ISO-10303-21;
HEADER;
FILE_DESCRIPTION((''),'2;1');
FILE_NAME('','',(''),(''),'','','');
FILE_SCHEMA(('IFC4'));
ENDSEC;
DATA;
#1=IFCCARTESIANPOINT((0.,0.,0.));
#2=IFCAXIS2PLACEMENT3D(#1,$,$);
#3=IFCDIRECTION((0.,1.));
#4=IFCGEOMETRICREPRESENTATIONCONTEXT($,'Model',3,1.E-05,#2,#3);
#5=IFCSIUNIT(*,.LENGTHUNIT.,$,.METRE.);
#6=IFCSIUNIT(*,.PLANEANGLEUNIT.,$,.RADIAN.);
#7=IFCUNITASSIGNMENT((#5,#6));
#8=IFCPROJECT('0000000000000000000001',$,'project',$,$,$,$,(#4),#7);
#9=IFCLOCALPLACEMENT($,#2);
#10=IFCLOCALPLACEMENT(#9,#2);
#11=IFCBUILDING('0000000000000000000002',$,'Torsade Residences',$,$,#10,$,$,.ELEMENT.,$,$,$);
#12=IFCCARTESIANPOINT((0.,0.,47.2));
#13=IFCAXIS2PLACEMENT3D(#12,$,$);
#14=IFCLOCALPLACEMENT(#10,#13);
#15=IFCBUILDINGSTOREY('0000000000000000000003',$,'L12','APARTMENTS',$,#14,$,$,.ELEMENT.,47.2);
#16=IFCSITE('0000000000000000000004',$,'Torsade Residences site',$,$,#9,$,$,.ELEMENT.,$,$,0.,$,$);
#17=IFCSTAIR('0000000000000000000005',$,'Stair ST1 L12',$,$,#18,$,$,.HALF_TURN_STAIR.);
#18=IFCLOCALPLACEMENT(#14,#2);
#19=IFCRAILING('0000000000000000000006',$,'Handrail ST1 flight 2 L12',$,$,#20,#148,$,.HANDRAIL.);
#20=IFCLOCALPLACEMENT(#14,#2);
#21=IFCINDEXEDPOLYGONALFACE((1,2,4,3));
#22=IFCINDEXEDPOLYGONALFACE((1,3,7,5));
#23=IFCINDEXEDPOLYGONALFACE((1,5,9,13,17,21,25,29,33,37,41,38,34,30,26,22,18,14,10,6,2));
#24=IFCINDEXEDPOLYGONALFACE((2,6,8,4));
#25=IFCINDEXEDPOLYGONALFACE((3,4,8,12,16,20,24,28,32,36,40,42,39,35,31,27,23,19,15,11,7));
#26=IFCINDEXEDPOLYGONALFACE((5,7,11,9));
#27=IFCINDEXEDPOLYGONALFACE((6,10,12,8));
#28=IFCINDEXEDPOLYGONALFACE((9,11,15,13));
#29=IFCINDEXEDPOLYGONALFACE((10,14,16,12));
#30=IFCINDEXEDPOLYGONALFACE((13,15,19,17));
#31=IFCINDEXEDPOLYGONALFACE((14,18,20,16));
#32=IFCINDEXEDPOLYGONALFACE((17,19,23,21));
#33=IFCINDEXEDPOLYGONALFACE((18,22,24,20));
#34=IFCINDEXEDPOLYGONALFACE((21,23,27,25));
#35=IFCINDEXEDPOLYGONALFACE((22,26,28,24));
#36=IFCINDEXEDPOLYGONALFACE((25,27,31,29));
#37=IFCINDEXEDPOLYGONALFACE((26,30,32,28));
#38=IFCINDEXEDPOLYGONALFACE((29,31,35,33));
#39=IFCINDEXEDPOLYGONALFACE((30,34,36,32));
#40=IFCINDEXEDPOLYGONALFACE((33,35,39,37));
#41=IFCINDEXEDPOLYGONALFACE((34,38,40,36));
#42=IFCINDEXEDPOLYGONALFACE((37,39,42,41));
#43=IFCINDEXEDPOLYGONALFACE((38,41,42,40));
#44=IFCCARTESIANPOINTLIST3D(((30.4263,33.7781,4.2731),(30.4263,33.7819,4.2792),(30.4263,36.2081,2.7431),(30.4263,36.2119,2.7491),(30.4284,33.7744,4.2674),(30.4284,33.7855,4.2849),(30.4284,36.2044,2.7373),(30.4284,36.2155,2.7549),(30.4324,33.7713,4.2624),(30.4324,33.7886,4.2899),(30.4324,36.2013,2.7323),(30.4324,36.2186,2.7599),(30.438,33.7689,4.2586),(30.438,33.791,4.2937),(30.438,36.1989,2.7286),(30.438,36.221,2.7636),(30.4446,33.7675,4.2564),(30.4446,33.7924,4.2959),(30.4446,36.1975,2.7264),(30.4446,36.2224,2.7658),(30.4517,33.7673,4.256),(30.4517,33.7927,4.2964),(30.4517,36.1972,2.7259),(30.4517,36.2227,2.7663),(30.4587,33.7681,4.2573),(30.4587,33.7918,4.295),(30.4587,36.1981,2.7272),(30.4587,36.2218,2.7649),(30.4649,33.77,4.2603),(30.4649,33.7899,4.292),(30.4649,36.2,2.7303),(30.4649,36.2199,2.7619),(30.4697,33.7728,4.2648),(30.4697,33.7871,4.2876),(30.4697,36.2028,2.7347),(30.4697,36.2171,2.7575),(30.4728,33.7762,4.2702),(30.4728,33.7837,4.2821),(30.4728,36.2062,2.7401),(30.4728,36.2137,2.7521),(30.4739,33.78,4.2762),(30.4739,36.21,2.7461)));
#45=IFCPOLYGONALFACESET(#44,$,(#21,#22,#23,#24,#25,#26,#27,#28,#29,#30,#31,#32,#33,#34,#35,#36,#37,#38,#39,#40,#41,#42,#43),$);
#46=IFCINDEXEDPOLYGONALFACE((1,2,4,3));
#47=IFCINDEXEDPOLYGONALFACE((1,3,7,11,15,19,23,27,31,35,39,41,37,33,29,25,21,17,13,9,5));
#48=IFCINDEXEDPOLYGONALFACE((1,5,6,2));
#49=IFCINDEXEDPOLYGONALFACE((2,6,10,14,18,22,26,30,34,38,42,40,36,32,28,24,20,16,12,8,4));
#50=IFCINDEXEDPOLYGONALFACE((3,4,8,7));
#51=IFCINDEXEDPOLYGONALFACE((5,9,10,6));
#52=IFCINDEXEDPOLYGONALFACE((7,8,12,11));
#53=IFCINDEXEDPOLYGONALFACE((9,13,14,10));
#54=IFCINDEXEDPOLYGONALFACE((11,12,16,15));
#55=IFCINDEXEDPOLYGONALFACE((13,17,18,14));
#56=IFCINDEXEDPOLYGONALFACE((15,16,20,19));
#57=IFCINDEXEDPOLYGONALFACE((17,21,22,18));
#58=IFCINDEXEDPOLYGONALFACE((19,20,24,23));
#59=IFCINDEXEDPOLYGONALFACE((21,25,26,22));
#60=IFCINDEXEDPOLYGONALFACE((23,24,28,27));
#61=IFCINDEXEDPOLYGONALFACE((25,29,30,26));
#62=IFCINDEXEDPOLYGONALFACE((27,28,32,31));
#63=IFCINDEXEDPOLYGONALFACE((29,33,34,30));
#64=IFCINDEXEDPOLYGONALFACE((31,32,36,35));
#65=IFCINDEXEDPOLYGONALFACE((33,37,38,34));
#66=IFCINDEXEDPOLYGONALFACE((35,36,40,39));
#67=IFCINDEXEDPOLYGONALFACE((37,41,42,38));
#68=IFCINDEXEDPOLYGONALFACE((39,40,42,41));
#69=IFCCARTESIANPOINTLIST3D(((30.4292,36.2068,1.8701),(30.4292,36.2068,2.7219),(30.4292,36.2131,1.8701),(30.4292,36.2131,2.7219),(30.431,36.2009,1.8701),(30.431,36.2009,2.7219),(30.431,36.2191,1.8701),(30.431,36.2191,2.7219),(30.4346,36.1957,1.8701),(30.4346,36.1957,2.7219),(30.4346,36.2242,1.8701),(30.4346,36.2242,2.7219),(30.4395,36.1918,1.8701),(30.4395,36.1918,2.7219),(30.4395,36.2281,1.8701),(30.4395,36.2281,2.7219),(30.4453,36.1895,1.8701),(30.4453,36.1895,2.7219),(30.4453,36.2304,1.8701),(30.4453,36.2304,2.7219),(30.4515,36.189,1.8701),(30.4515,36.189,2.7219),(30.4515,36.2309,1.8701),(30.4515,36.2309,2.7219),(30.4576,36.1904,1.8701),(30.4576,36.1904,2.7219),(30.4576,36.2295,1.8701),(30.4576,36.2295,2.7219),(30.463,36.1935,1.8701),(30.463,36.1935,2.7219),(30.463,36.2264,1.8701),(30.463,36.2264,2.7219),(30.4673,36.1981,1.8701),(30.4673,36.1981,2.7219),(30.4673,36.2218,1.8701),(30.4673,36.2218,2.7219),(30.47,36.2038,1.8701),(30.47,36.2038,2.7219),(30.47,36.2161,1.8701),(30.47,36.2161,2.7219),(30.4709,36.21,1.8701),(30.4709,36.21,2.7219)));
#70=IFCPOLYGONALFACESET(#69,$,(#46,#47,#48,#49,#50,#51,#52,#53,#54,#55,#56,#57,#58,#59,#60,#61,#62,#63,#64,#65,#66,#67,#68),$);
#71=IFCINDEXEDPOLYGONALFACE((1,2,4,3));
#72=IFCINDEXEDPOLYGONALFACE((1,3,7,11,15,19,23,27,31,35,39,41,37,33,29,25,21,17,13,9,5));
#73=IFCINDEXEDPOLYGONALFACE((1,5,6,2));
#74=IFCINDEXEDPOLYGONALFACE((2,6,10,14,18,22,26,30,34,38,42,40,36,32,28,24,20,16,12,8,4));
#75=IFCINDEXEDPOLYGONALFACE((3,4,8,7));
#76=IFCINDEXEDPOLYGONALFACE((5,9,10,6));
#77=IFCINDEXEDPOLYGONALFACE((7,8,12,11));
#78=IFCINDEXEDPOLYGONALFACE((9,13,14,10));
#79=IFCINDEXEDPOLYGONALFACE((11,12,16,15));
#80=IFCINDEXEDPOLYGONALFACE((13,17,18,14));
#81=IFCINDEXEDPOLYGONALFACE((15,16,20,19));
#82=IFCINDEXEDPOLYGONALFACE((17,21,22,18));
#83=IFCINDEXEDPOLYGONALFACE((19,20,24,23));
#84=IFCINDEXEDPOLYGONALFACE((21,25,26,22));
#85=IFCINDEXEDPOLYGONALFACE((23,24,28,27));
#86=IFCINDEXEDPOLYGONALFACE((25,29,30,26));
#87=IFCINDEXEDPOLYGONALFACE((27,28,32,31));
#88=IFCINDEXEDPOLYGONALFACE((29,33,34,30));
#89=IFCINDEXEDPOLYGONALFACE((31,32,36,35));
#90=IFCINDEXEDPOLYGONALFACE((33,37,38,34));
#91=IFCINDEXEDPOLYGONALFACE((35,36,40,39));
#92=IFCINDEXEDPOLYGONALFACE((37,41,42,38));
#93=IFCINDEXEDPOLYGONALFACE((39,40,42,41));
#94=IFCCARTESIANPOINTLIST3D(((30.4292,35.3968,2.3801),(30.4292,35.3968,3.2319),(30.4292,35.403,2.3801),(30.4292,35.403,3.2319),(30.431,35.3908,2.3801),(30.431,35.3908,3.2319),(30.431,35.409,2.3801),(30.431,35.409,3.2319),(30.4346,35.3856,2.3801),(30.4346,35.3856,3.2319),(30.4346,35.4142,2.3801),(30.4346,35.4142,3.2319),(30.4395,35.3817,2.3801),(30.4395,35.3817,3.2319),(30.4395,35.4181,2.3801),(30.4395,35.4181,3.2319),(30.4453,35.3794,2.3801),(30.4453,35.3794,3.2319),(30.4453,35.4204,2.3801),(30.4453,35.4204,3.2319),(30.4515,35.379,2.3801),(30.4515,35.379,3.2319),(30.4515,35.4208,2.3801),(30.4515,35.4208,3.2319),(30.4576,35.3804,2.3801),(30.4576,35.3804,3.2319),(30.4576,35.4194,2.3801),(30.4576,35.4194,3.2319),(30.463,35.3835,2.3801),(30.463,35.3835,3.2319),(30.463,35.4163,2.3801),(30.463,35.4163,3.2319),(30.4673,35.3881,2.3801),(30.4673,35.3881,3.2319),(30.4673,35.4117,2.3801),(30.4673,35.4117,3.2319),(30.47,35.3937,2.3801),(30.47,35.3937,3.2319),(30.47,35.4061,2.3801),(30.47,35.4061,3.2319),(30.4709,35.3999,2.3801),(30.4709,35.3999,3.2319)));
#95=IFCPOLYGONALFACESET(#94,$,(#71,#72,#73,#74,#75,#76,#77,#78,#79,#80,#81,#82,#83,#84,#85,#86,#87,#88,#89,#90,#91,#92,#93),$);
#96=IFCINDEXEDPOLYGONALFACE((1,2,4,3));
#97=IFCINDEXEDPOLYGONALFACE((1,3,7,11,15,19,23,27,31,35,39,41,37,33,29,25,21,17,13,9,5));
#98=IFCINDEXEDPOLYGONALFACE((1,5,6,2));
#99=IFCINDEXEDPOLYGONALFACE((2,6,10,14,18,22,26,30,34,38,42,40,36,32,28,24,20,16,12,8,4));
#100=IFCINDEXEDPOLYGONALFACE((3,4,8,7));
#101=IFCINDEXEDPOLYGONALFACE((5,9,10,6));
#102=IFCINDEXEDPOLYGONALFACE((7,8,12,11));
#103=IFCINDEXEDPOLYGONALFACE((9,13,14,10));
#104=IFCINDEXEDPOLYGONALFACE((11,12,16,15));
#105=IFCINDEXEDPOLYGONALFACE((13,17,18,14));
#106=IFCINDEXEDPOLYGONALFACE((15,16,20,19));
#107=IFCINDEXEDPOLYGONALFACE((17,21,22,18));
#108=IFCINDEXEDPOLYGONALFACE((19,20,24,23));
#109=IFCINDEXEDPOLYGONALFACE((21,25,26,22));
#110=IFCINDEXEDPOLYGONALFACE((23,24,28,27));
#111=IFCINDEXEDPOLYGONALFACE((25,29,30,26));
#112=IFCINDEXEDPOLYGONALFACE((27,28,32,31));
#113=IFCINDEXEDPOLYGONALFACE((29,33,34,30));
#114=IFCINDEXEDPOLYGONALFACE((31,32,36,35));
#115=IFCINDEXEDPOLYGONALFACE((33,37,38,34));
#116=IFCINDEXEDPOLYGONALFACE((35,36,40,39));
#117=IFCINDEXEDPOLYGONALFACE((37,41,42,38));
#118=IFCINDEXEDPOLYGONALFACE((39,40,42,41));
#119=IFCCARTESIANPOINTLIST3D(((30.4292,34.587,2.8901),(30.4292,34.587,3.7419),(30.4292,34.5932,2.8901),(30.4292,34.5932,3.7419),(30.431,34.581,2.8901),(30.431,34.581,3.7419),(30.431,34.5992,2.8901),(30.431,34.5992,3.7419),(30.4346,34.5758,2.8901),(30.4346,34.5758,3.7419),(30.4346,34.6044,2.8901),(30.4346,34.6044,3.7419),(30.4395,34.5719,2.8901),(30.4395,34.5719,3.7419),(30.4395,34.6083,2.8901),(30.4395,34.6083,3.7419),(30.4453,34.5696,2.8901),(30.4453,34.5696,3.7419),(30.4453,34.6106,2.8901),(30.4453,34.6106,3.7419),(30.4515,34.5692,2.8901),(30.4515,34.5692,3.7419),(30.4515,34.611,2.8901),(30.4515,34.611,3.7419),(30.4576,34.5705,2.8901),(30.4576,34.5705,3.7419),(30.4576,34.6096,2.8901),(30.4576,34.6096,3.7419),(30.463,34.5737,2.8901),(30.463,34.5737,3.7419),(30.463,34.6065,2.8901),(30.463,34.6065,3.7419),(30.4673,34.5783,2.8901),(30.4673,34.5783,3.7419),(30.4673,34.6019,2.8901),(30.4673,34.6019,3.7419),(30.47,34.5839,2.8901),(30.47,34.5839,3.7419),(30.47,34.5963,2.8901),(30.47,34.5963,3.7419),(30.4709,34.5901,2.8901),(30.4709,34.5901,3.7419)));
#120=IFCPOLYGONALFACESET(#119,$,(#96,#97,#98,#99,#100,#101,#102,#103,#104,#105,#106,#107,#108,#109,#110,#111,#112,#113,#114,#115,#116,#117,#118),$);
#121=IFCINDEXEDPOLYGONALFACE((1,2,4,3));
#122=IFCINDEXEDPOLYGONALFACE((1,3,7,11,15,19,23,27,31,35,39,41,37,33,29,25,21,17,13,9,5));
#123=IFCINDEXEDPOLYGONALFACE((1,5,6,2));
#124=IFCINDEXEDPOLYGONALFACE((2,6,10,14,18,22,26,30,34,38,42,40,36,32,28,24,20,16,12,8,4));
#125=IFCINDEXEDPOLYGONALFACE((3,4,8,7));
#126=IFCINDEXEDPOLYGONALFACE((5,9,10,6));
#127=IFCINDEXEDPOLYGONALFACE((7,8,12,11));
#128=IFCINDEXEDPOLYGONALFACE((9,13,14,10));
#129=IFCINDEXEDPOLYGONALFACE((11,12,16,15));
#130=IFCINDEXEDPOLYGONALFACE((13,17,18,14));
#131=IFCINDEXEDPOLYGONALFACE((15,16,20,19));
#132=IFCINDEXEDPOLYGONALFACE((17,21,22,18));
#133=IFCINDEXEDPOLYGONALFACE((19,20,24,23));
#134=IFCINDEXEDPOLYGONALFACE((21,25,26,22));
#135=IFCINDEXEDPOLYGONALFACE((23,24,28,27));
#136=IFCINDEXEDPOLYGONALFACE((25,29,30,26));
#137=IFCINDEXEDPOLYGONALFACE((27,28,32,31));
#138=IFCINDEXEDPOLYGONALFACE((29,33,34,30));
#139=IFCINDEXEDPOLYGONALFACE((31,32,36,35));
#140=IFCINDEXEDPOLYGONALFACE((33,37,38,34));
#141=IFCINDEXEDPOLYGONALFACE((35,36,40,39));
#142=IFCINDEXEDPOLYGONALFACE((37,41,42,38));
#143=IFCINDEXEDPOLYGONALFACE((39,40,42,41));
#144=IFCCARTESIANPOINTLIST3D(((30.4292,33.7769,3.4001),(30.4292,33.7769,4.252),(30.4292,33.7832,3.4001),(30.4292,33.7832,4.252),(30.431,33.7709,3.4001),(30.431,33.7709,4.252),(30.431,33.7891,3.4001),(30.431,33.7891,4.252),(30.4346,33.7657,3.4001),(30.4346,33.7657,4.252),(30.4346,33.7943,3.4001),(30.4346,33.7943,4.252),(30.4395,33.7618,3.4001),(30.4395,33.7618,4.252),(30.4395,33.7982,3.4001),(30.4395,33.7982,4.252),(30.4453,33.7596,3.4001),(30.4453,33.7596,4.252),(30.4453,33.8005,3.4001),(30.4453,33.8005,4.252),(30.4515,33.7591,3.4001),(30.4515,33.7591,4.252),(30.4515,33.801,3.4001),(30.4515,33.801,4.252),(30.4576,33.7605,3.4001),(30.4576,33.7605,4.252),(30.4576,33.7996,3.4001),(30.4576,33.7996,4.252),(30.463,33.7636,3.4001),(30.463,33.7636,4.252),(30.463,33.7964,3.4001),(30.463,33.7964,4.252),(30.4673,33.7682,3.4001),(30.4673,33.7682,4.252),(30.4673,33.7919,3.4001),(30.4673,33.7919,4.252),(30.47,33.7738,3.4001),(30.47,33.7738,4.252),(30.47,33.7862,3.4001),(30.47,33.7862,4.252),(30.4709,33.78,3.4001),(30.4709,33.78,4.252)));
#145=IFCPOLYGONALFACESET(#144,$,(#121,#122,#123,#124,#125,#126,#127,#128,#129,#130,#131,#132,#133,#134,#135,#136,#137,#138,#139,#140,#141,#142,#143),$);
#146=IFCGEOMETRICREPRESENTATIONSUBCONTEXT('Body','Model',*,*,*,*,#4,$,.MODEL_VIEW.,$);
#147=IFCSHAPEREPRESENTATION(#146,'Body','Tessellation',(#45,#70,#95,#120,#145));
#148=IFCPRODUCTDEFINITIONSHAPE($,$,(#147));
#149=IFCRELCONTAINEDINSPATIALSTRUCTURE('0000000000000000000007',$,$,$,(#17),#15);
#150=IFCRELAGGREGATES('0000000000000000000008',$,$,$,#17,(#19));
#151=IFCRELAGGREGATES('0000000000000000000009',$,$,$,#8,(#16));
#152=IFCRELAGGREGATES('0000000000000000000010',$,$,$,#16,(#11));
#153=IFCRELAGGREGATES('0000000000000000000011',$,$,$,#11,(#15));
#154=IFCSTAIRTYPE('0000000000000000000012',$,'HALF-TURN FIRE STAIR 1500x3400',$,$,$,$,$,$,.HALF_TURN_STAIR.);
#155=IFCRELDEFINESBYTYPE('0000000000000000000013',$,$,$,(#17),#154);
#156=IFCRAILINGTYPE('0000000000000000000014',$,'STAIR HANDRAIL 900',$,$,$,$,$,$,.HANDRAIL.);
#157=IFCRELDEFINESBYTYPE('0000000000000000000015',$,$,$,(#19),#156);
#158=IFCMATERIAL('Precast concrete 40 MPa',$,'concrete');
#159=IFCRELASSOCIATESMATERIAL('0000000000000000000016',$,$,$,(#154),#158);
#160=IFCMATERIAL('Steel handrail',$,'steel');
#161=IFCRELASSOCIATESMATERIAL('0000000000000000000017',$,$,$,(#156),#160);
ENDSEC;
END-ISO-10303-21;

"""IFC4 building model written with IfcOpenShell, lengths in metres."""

from ifc_helpers import new_model, si_unit, direction, frame, origin, origin_2d, place, context, subcontext, project, spatial, circle, extrude, material, type_object, element, aggregate, save


model = new_model("IFC4")

# Units and contexts
model_context = context("Model", 3, precision=1e-05, world=origin(), true_north=direction((0.0, 1.0)))
body_context = subcontext(model_context, "Body", "Model", "MODEL_VIEW")
ifc_project = project(units=[si_unit("LENGTHUNIT", "METRE"), si_unit("PLANEANGLEUNIT", "RADIAN")], contexts=[model_context])

# Site, building, storey
site_placement = place(None, origin())
site = spatial("IfcSite", under=ifc_project, at=site_placement, Name="Torsade Residences site", CompositionType="ELEMENT", RefElevation=0.0)
building_placement = place(site_placement, origin())
building = spatial("IfcBuilding", under=site, at=building_placement, Name="Torsade Residences", CompositionType="ELEMENT")
storey_placement = place(building_placement, frame((0.0, 0.0, 47.2)))
storey = spatial("IfcBuildingStorey", under=building, at=storey_placement, Name="L12", Description="APARTMENTS", CompositionType="ELEMENT", Elevation=47.2)

# Stair, railing
ifc_material_1 = material(Name="Precast concrete 40 MPa", Category="concrete")
stair_type = type_object("IfcStairType", Name="HALF-TURN FIRE STAIR 1500x3400", PredefinedType="HALF_TURN_STAIR", material=ifc_material_1)
stair_placement = place(storey_placement, origin())
stair = element("IfcStair", 1, at=stair_placement, inside=storey, type_object=stair_type, Name="Stair ST1 L12", PredefinedType="HALF_TURN_STAIR")
ifc_material_2 = material(Name="Steel handrail", Category="steel")
railing_type = type_object("IfcRailingType", Name="STAIR HANDRAIL 900", PredefinedType="HANDRAIL", material=ifc_material_2)
railing_1_placement = place(storey_placement, frame((30.45, 36.21, 1.8701)))
railing_1 = element("IfcRailing", 2, at=railing_1_placement, type_object=railing_type, Name="Handrail ST1 flight 2 L12", PredefinedType="HANDRAIL", context=body_context, shape_type="SweptSolid", body=[
    extrude(circle(Radius=0.0239, at=origin_2d()), frame((0.0, 0.0, 0.876), z_axis=(0.0, -0.846221, 0.532831), x_axis=(1.0, 0.0, 0.0)), (0.0, 0.0, 1.0), 2.8716),
    extrude(circle(Radius=0.021, at=origin_2d()), origin(), (0.0, 0.0, 1.0), 0.8518),
    extrude(circle(Radius=0.021, at=origin_2d()), frame((0.0, -0.8101, 0.51)), (0.0, 0.0, 1.0), 0.8518),
    extrude(circle(Radius=0.021, at=origin_2d()), frame((0.0, -1.6199, 1.02)), (0.0, 0.0, 1.0), 0.8518),
    extrude(circle(Radius=0.021, at=origin_2d()), frame((0.0, -2.4299, 1.53)), (0.0, 0.0, 1.0), 0.8518),
])
aggregate(stair, [railing_1])

save(model, "model.ifc")
